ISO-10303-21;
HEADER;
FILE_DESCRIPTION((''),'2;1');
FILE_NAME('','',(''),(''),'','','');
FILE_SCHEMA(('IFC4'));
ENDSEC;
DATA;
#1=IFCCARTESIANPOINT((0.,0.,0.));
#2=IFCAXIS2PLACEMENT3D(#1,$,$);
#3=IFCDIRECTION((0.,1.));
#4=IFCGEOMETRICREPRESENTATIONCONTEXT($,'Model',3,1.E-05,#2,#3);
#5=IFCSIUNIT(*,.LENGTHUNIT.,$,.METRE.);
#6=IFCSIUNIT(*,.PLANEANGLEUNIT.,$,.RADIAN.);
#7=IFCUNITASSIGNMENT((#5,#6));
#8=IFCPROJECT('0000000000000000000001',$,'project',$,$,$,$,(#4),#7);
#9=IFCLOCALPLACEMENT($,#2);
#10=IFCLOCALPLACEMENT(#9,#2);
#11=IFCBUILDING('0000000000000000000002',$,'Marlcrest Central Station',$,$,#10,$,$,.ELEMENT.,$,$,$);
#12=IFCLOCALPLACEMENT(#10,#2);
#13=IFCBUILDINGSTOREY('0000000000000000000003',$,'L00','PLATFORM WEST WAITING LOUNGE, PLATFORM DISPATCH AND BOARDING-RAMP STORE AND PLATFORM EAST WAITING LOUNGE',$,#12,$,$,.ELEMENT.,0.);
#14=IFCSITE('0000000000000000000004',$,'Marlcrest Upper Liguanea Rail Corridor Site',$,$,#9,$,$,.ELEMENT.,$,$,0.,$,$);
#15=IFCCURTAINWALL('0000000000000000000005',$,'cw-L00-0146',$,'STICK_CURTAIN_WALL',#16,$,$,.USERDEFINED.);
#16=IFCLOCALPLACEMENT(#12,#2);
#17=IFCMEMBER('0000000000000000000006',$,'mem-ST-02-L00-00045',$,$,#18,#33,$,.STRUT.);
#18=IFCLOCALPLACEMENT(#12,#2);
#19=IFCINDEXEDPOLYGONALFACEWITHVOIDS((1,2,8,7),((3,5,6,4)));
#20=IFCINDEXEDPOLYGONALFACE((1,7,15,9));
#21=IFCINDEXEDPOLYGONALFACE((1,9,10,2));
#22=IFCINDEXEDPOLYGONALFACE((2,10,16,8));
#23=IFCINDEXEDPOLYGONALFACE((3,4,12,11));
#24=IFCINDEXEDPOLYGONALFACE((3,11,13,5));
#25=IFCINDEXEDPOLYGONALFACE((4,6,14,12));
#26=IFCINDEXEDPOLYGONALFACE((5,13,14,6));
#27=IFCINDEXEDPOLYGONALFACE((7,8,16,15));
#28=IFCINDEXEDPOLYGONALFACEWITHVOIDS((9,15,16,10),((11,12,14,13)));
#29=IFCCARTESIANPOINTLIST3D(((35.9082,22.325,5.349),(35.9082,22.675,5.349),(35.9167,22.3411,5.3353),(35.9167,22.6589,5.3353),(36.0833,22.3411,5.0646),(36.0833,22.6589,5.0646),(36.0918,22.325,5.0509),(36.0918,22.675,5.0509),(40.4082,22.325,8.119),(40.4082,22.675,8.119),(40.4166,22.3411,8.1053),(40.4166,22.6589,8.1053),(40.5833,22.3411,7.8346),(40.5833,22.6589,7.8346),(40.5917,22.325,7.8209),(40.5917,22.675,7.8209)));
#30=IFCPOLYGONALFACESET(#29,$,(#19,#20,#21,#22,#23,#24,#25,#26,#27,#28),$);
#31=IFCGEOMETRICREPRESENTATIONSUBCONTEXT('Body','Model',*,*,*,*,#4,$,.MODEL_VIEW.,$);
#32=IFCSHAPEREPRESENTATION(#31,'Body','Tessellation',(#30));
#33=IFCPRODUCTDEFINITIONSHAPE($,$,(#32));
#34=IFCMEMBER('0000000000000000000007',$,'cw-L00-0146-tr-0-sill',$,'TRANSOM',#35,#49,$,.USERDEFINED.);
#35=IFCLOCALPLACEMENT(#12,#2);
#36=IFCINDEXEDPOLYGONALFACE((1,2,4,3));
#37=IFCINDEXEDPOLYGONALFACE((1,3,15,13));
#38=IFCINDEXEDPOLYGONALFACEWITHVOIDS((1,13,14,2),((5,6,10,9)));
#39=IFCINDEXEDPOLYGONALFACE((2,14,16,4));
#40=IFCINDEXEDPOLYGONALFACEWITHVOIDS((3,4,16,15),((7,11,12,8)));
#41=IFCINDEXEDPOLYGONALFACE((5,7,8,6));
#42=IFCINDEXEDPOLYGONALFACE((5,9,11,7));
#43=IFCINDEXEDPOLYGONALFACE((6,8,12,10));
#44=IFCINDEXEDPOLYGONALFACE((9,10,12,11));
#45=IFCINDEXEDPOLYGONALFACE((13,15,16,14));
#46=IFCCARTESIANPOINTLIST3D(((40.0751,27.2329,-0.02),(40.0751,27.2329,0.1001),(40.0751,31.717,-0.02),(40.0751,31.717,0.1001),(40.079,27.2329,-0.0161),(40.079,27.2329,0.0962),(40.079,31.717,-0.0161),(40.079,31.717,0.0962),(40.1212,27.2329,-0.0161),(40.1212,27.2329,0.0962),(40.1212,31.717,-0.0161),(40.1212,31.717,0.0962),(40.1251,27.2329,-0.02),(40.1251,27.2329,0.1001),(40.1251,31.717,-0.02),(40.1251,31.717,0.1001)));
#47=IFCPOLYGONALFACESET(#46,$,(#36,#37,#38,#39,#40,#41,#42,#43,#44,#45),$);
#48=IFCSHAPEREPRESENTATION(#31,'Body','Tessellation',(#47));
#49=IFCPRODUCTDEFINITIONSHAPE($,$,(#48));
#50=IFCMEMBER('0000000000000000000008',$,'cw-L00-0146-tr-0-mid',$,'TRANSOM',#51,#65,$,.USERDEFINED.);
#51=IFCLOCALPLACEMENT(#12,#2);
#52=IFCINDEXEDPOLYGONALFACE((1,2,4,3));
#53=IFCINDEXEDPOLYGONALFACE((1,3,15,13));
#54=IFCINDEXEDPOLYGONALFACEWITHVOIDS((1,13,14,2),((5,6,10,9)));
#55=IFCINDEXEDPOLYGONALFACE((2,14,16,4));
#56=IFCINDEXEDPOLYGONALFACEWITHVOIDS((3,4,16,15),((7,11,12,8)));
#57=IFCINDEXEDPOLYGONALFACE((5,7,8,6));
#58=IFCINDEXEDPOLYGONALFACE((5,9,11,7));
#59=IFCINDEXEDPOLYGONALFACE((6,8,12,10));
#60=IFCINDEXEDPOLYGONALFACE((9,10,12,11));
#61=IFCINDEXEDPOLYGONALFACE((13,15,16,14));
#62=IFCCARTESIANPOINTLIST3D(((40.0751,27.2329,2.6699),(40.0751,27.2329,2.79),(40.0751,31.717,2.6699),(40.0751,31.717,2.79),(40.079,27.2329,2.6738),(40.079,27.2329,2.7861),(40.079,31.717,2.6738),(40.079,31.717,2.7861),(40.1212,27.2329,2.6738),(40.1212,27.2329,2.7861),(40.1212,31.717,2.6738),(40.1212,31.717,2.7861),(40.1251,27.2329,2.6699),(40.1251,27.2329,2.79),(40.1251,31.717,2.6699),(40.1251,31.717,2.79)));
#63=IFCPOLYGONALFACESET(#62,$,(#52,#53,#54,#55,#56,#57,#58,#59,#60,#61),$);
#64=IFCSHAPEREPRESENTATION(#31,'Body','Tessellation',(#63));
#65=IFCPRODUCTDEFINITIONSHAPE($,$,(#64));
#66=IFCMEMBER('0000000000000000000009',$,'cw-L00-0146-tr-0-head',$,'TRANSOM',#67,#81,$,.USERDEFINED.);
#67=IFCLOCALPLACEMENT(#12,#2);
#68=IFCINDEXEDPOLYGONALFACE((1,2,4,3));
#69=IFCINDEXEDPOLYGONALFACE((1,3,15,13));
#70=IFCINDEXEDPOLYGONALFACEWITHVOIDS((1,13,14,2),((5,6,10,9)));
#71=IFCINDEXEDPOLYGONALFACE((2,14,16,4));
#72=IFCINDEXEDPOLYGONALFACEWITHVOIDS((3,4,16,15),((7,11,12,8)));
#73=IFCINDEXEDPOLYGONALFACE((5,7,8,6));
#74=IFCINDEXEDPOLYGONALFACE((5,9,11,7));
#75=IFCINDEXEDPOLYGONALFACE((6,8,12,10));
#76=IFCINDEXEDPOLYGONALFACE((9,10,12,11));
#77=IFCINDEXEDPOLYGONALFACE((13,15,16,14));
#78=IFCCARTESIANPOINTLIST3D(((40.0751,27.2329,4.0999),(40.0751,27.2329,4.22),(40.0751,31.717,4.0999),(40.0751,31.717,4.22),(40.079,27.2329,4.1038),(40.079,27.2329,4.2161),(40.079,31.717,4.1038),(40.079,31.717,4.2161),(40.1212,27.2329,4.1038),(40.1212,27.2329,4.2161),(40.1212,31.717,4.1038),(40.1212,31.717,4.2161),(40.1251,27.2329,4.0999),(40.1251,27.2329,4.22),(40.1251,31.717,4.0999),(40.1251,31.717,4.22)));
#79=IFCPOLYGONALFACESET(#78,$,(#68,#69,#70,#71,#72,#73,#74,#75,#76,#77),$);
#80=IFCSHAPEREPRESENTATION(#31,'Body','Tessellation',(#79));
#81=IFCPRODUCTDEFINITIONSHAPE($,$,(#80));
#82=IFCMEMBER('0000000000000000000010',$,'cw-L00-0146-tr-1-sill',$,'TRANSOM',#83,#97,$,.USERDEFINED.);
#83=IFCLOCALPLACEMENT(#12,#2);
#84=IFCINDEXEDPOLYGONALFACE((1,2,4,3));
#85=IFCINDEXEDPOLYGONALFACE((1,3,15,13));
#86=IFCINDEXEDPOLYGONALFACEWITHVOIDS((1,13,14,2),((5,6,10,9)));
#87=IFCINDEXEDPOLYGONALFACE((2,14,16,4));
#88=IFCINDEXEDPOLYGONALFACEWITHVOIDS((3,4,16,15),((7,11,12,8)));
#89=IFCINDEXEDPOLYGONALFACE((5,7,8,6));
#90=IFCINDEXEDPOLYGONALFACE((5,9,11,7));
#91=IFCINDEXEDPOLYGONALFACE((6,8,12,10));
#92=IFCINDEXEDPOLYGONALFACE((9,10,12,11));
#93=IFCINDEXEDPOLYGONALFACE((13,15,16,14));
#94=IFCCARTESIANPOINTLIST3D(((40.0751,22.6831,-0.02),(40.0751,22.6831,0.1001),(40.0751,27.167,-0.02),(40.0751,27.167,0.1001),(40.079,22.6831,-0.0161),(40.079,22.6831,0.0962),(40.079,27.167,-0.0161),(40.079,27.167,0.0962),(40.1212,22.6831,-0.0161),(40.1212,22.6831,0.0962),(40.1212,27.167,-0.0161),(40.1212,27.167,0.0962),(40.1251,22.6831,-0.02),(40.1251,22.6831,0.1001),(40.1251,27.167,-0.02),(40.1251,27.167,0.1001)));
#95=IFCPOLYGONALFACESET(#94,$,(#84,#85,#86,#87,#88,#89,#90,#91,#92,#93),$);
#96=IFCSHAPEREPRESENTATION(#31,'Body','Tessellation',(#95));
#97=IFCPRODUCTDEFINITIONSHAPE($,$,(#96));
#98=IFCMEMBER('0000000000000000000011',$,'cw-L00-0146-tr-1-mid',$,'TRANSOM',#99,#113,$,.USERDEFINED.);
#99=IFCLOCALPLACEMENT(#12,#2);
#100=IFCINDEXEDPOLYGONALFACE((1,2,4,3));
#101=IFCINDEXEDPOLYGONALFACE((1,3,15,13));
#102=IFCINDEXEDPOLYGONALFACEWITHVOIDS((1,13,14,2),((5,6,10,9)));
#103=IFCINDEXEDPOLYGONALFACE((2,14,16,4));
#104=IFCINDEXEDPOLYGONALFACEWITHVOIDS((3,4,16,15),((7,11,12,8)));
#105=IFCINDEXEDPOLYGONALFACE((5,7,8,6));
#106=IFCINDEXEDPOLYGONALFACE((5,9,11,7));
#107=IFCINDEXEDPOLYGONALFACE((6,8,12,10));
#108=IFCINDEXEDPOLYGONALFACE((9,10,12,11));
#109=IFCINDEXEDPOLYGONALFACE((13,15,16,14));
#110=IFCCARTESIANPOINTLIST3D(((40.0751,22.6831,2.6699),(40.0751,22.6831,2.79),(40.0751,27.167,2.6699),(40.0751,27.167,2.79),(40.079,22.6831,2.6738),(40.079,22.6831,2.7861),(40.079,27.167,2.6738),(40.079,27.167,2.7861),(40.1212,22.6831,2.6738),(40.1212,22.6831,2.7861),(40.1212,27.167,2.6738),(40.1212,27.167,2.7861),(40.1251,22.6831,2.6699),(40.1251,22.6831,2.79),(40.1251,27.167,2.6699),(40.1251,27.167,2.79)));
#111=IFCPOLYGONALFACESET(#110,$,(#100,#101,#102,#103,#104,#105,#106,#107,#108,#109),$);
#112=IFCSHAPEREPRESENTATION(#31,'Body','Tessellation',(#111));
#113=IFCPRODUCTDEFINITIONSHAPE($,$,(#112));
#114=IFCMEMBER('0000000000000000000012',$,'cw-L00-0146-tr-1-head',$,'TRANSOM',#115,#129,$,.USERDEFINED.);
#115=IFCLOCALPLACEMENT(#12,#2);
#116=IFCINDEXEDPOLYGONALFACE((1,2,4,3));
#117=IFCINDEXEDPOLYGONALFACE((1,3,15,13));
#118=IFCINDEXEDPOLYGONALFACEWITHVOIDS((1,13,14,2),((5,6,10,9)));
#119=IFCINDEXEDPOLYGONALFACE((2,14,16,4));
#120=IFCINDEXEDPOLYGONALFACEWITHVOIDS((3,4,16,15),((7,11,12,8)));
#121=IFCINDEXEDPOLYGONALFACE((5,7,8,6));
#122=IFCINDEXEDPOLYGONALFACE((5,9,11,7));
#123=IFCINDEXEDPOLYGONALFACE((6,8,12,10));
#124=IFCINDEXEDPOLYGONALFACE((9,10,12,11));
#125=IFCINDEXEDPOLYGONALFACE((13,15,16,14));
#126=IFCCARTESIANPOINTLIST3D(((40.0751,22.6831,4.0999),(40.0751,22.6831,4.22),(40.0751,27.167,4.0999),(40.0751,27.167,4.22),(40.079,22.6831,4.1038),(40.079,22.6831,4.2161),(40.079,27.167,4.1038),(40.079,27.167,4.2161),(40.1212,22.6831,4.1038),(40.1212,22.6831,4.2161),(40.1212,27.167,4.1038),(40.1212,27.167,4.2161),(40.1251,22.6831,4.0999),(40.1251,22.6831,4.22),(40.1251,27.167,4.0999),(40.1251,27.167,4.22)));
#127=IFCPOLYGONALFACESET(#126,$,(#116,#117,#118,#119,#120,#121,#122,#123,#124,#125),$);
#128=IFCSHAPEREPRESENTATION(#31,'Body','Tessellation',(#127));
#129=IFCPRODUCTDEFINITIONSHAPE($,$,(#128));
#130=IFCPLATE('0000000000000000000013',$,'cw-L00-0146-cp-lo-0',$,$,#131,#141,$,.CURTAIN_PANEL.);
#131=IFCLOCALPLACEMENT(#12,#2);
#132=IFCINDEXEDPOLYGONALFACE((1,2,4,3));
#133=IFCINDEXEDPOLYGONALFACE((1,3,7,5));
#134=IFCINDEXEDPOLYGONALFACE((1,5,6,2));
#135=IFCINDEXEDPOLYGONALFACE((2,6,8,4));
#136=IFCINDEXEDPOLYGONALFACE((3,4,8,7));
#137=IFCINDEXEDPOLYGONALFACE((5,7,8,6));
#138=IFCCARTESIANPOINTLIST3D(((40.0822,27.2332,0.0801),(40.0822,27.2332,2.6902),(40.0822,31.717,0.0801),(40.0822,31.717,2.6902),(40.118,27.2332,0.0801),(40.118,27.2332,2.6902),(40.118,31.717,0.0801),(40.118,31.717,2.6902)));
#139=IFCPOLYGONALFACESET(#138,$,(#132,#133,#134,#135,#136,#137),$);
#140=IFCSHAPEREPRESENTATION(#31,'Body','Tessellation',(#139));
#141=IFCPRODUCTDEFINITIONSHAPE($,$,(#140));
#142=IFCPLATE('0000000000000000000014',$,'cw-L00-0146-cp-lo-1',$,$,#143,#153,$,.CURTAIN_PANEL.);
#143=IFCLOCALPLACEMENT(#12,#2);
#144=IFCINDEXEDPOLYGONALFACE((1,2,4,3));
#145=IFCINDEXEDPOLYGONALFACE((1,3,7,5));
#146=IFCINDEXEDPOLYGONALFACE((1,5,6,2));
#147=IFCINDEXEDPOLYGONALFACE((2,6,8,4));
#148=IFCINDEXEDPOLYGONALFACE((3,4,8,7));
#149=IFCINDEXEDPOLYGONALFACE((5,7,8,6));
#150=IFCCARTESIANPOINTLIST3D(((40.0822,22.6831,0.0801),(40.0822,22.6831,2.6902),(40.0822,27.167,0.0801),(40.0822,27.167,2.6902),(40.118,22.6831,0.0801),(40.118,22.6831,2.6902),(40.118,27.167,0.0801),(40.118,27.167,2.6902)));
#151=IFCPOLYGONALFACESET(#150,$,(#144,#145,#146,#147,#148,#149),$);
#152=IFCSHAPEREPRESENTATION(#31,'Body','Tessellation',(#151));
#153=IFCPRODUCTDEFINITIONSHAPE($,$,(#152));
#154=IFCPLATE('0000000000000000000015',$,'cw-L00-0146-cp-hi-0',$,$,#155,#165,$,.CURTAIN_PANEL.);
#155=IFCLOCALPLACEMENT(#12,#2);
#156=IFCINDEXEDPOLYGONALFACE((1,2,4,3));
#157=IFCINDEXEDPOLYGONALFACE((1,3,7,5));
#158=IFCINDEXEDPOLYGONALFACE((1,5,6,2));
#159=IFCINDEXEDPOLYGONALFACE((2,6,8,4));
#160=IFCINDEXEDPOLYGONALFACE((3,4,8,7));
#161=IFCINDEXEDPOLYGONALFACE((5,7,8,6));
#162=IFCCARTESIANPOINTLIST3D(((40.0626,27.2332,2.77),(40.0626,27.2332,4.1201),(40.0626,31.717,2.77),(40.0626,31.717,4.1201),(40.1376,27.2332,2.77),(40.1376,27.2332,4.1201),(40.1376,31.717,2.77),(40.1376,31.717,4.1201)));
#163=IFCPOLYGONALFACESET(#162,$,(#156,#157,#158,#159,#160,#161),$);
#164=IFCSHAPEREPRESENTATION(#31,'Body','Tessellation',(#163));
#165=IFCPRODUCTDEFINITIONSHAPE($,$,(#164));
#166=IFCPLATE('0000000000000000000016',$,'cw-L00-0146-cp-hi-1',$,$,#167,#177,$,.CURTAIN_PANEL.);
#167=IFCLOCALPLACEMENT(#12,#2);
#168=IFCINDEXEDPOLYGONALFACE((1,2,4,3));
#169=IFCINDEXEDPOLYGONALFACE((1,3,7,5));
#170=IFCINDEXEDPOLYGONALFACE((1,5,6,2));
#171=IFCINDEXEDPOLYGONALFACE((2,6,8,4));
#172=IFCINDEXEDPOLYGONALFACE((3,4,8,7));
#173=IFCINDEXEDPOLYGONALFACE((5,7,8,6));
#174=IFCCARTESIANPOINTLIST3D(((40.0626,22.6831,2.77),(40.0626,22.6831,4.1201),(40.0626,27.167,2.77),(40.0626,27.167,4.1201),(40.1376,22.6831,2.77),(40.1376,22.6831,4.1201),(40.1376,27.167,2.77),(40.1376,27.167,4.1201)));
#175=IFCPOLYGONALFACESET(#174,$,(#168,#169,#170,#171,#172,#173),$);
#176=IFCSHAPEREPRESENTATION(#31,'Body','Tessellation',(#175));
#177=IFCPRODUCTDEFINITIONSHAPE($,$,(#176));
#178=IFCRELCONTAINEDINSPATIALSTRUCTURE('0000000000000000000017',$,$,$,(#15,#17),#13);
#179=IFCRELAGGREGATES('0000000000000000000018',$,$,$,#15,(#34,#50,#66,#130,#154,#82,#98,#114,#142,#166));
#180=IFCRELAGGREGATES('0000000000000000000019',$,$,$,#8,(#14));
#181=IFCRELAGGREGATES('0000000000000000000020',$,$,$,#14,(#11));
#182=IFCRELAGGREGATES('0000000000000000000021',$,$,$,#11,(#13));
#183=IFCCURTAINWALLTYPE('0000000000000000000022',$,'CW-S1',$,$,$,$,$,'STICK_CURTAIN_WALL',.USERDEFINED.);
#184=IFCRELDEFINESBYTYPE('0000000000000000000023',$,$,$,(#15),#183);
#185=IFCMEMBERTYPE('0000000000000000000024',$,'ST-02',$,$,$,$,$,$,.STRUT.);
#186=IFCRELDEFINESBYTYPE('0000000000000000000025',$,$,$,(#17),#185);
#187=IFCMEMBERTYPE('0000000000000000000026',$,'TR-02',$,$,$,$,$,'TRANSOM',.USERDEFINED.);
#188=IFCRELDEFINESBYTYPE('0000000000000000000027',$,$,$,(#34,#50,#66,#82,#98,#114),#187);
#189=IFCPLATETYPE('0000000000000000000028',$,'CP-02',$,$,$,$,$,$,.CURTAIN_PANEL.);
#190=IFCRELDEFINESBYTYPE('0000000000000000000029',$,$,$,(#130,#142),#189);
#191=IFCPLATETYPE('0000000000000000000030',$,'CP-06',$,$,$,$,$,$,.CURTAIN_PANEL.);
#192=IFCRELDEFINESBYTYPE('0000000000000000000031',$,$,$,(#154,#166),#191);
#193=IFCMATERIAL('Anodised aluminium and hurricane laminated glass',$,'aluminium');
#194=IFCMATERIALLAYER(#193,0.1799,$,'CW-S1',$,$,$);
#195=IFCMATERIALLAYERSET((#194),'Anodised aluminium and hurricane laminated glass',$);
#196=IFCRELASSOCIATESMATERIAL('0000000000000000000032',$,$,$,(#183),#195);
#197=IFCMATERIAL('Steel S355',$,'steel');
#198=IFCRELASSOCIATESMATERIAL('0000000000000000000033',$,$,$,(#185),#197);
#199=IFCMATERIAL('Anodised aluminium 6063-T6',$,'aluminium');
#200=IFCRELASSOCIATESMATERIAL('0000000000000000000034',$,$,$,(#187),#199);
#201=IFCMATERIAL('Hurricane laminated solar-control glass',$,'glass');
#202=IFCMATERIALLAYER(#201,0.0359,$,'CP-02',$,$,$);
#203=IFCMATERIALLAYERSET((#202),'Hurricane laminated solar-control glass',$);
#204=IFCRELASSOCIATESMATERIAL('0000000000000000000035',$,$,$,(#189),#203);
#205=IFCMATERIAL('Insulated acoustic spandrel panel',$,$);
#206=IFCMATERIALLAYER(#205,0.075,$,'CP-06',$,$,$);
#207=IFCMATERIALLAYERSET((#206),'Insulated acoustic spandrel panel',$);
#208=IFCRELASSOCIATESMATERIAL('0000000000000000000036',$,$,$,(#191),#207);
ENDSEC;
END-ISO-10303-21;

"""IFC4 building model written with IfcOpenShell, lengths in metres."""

from ifc_helpers import new_model, si_unit, direction, frame, origin, origin_2d, place, context, subcontext, project, spatial, rectangle, hollow_rectangle, extrude, material, layer, layer_set, material_profile, profile_set, type_object, element, aggregate, save


model = new_model("IFC4")

# Units and contexts
model_context = context("Model", 3, precision=1e-05, world=origin(), true_north=direction((0.0, 1.0)))
body_context = subcontext(model_context, "Body", "Model", "MODEL_VIEW")
ifc_project = project(units=[si_unit("LENGTHUNIT", "METRE"), si_unit("PLANEANGLEUNIT", "RADIAN")], contexts=[model_context])

# Site, building, storey
site_placement = place(None, origin())
site = spatial("IfcSite", under=ifc_project, at=site_placement, Name="Marlcrest Upper Liguanea Rail Corridor Site", CompositionType="ELEMENT", RefElevation=0.0)
building_placement = place(site_placement, origin())
building = spatial("IfcBuilding", under=site, at=building_placement, Name="Marlcrest Central Station", CompositionType="ELEMENT")
storey_placement = place(building_placement, origin())
storey = spatial("IfcBuildingStorey", under=building, at=storey_placement, Name="L00", Description="PLATFORM WEST WAITING LOUNGE, PLATFORM DISPATCH AND BOARDING-RAMP STORE AND PLATFORM EAST WAITING LOUNGE", CompositionType="ELEMENT", Elevation=0.0)

# Curtain wall
ifc_material_1 = material(Name="Anodised aluminium and hurricane laminated glass", Category="aluminium")
ifc_layer_1 = layer(ifc_material_1, 0.1799, Name="CW-S1")
ifc_layer_set_1 = layer_set([ifc_layer_1], Name="Anodised aluminium and hurricane laminated glass")
curtain_wall_type = type_object("IfcCurtainWallType", Name="CW-S1", ElementType="STICK_CURTAIN_WALL", PredefinedType="USERDEFINED", material=ifc_layer_set_1)
curtain_wall_placement = place(storey_placement, origin())
curtain_wall = element("IfcCurtainWall", 1, at=curtain_wall_placement, inside=storey, type_object=curtain_wall_type, Name="cw-L00-0146", ObjectType="STICK_CURTAIN_WALL", PredefinedType="USERDEFINED")
ifc_material_2 = material(Name="Anodised aluminium 6063-T6", Category="aluminium")

# Member
ifc_material_3 = material(Name="Steel S355", Category="steel")
ifc_material_profile_1 = material_profile(ifc_material_3, hollow_rectangle(XDim=0.3501, YDim=0.3501, WallThickness=0.0161, at=origin_2d()), Name="SHS 350x350x16")
ifc_profile_set_1 = profile_set([ifc_material_profile_1], Name="Steel S355")
member_type_1 = type_object("IfcMemberType", Name="ST-02", PredefinedType="STRUT", material=ifc_profile_set_1)
for number, where, z_axis, x_axis, name in (
    (2, (36.0, 22.5, 5.2), (0.851592, 0.0, 0.524206), (0.0, 1.0, 0.0), "mem-ST-02-L00-00045"),
):
    element("IfcMember", number, at=place(storey_placement, frame(where, z_axis=z_axis, x_axis=x_axis)), inside=storey, type_object=member_type_1, Name=name, PredefinedType="STRUT", context=body_context, shape_type="SweptSolid", body=[
        extrude(hollow_rectangle(XDim=0.3501, YDim=0.3501, WallThickness=0.0161, at=origin_2d()), origin(), (0.0, 0.0, 1.0), 5.2842),
    ])

# Members
ifc_material_profile_2 = material_profile(ifc_material_2, hollow_rectangle(XDim=0.05, YDim=0.1201, WallThickness=0.0039, at=origin_2d()), Name="AA-RHS 120x50x4")
ifc_profile_set_2 = profile_set([ifc_material_profile_2], Name="Anodised aluminium 6063-T6")
member_type_2 = type_object("IfcMemberType", Name="TR-02", ElementType="TRANSOM", PredefinedType="USERDEFINED", material=ifc_profile_set_2)
member_1_placement = place(storey_placement, frame((40.1001, 31.717, 0.04), z_axis=(0.0, -1.0, 0.0), x_axis=(1.0, 0.0, 0.0)))
member_1 = element("IfcMember", 3, at=member_1_placement, type_object=member_type_2, Name="cw-L00-0146-tr-0-sill", ObjectType="TRANSOM", PredefinedType="USERDEFINED", context=body_context, shape_type="SweptSolid", body=[
    extrude(hollow_rectangle(XDim=0.05, YDim=0.1201, WallThickness=0.0039, at=origin_2d()), origin(), (0.0, 0.0, 1.0), 4.4841),
])
member_2_placement = place(storey_placement, frame((40.1001, 31.717, 2.73), z_axis=(0.0, -1.0, 0.0), x_axis=(1.0, 0.0, 0.0)))
member_2 = element("IfcMember", 4, at=member_2_placement, type_object=member_type_2, Name="cw-L00-0146-tr-0-mid", ObjectType="TRANSOM", PredefinedType="USERDEFINED", context=body_context, shape_type="SweptSolid", body=[
    extrude(hollow_rectangle(XDim=0.05, YDim=0.1201, WallThickness=0.0039, at=origin_2d()), origin(), (0.0, 0.0, 1.0), 4.4841),
])
member_3_placement = place(storey_placement, frame((40.1001, 31.717, 4.1599), z_axis=(0.0, -1.0, 0.0), x_axis=(1.0, 0.0, 0.0)))
member_3 = element("IfcMember", 5, at=member_3_placement, type_object=member_type_2, Name="cw-L00-0146-tr-0-head", ObjectType="TRANSOM", PredefinedType="USERDEFINED", context=body_context, shape_type="SweptSolid", body=[
    extrude(hollow_rectangle(XDim=0.05, YDim=0.1201, WallThickness=0.0039, at=origin_2d()), origin(), (0.0, 0.0, 1.0), 4.4841),
])
member_4_placement = place(storey_placement, frame((40.1001, 27.167, 0.04), z_axis=(0.0, -1.0, 0.0), x_axis=(1.0, 0.0, 0.0)))
member_4 = element("IfcMember", 6, at=member_4_placement, type_object=member_type_2, Name="cw-L00-0146-tr-1-sill", ObjectType="TRANSOM", PredefinedType="USERDEFINED", context=body_context, shape_type="SweptSolid", body=[
    extrude(hollow_rectangle(XDim=0.05, YDim=0.1201, WallThickness=0.0039, at=origin_2d()), origin(), (0.0, 0.0, 1.0), 4.4839),
])
member_5_placement = place(storey_placement, frame((40.1001, 27.167, 2.73), z_axis=(0.0, -1.0, 0.0), x_axis=(1.0, 0.0, 0.0)))
member_5 = element("IfcMember", 7, at=member_5_placement, type_object=member_type_2, Name="cw-L00-0146-tr-1-mid", ObjectType="TRANSOM", PredefinedType="USERDEFINED", context=body_context, shape_type="SweptSolid", body=[
    extrude(hollow_rectangle(XDim=0.05, YDim=0.1201, WallThickness=0.0039, at=origin_2d()), origin(), (0.0, 0.0, 1.0), 4.4839),
])
member_6_placement = place(storey_placement, frame((40.1001, 27.167, 4.1599), z_axis=(0.0, -1.0, 0.0), x_axis=(1.0, 0.0, 0.0)))
member_6 = element("IfcMember", 8, at=member_6_placement, type_object=member_type_2, Name="cw-L00-0146-tr-1-head", ObjectType="TRANSOM", PredefinedType="USERDEFINED", context=body_context, shape_type="SweptSolid", body=[
    extrude(hollow_rectangle(XDim=0.05, YDim=0.1201, WallThickness=0.0039, at=origin_2d()), origin(), (0.0, 0.0, 1.0), 4.4839),
])

# Plates
ifc_material_4 = material(Name="Hurricane laminated solar-control glass", Category="glass")
ifc_layer_2 = layer(ifc_material_4, 0.0359, Name="CP-02")
ifc_layer_set_2 = layer_set([ifc_layer_2], Name="Hurricane laminated solar-control glass")
plate_type_1 = type_object("IfcPlateType", Name="CP-02", PredefinedType="CURTAIN_PANEL", material=ifc_layer_set_2)
plate_1_placement = place(storey_placement, frame((40.1001, 29.4751, 0.0801), z_axis=(0.0, 0.0, 1.0), x_axis=(0.0, -1.0, 0.0)))
plate_1 = element("IfcPlate", 9, at=plate_1_placement, type_object=plate_type_1, Name="cw-L00-0146-cp-lo-0", PredefinedType="CURTAIN_PANEL", context=body_context, shape_type="SweptSolid", body=[
    extrude(rectangle(XDim=4.4839, YDim=0.0359, at=origin_2d()), origin(), (0.0, 0.0, 1.0), 2.6101),
])
plate_2_placement = place(storey_placement, frame((40.1001, 24.925, 0.0801), z_axis=(0.0, 0.0, 1.0), x_axis=(0.0, -1.0, 0.0)))
plate_2 = element("IfcPlate", 10, at=plate_2_placement, type_object=plate_type_1, Name="cw-L00-0146-cp-lo-1", PredefinedType="CURTAIN_PANEL", context=body_context, shape_type="SweptSolid", body=[
    extrude(rectangle(XDim=4.4839, YDim=0.0359, at=origin_2d()), origin(), (0.0, 0.0, 1.0), 2.6101),
])
ifc_material_5 = material(Name="Insulated acoustic spandrel panel")
ifc_layer_3 = layer(ifc_material_5, 0.075, Name="CP-06")
ifc_layer_set_3 = layer_set([ifc_layer_3], Name="Insulated acoustic spandrel panel")
plate_type_2 = type_object("IfcPlateType", Name="CP-06", PredefinedType="CURTAIN_PANEL", material=ifc_layer_set_3)
plate_3_placement = place(storey_placement, frame((40.1001, 29.4751, 2.77), z_axis=(0.0, 0.0, 1.0), x_axis=(0.0, -1.0, 0.0)))
plate_3 = element("IfcPlate", 11, at=plate_3_placement, type_object=plate_type_2, Name="cw-L00-0146-cp-hi-0", PredefinedType="CURTAIN_PANEL", context=body_context, shape_type="SweptSolid", body=[
    extrude(rectangle(XDim=4.4839, YDim=0.075, at=origin_2d()), origin(), (0.0, 0.0, 1.0), 1.3501),
])
plate_4_placement = place(storey_placement, frame((40.1001, 24.925, 2.77), z_axis=(0.0, 0.0, 1.0), x_axis=(0.0, -1.0, 0.0)))
plate_4 = element("IfcPlate", 12, at=plate_4_placement, type_object=plate_type_2, Name="cw-L00-0146-cp-hi-1", PredefinedType="CURTAIN_PANEL", context=body_context, shape_type="SweptSolid", body=[
    extrude(rectangle(XDim=4.4839, YDim=0.075, at=origin_2d()), origin(), (0.0, 0.0, 1.0), 1.3501),
])
aggregate(curtain_wall, [member_1, member_2, member_3, plate_1, plate_3, member_4, member_5, member_6, plate_2, plate_4])

save(model, "model.ifc")
